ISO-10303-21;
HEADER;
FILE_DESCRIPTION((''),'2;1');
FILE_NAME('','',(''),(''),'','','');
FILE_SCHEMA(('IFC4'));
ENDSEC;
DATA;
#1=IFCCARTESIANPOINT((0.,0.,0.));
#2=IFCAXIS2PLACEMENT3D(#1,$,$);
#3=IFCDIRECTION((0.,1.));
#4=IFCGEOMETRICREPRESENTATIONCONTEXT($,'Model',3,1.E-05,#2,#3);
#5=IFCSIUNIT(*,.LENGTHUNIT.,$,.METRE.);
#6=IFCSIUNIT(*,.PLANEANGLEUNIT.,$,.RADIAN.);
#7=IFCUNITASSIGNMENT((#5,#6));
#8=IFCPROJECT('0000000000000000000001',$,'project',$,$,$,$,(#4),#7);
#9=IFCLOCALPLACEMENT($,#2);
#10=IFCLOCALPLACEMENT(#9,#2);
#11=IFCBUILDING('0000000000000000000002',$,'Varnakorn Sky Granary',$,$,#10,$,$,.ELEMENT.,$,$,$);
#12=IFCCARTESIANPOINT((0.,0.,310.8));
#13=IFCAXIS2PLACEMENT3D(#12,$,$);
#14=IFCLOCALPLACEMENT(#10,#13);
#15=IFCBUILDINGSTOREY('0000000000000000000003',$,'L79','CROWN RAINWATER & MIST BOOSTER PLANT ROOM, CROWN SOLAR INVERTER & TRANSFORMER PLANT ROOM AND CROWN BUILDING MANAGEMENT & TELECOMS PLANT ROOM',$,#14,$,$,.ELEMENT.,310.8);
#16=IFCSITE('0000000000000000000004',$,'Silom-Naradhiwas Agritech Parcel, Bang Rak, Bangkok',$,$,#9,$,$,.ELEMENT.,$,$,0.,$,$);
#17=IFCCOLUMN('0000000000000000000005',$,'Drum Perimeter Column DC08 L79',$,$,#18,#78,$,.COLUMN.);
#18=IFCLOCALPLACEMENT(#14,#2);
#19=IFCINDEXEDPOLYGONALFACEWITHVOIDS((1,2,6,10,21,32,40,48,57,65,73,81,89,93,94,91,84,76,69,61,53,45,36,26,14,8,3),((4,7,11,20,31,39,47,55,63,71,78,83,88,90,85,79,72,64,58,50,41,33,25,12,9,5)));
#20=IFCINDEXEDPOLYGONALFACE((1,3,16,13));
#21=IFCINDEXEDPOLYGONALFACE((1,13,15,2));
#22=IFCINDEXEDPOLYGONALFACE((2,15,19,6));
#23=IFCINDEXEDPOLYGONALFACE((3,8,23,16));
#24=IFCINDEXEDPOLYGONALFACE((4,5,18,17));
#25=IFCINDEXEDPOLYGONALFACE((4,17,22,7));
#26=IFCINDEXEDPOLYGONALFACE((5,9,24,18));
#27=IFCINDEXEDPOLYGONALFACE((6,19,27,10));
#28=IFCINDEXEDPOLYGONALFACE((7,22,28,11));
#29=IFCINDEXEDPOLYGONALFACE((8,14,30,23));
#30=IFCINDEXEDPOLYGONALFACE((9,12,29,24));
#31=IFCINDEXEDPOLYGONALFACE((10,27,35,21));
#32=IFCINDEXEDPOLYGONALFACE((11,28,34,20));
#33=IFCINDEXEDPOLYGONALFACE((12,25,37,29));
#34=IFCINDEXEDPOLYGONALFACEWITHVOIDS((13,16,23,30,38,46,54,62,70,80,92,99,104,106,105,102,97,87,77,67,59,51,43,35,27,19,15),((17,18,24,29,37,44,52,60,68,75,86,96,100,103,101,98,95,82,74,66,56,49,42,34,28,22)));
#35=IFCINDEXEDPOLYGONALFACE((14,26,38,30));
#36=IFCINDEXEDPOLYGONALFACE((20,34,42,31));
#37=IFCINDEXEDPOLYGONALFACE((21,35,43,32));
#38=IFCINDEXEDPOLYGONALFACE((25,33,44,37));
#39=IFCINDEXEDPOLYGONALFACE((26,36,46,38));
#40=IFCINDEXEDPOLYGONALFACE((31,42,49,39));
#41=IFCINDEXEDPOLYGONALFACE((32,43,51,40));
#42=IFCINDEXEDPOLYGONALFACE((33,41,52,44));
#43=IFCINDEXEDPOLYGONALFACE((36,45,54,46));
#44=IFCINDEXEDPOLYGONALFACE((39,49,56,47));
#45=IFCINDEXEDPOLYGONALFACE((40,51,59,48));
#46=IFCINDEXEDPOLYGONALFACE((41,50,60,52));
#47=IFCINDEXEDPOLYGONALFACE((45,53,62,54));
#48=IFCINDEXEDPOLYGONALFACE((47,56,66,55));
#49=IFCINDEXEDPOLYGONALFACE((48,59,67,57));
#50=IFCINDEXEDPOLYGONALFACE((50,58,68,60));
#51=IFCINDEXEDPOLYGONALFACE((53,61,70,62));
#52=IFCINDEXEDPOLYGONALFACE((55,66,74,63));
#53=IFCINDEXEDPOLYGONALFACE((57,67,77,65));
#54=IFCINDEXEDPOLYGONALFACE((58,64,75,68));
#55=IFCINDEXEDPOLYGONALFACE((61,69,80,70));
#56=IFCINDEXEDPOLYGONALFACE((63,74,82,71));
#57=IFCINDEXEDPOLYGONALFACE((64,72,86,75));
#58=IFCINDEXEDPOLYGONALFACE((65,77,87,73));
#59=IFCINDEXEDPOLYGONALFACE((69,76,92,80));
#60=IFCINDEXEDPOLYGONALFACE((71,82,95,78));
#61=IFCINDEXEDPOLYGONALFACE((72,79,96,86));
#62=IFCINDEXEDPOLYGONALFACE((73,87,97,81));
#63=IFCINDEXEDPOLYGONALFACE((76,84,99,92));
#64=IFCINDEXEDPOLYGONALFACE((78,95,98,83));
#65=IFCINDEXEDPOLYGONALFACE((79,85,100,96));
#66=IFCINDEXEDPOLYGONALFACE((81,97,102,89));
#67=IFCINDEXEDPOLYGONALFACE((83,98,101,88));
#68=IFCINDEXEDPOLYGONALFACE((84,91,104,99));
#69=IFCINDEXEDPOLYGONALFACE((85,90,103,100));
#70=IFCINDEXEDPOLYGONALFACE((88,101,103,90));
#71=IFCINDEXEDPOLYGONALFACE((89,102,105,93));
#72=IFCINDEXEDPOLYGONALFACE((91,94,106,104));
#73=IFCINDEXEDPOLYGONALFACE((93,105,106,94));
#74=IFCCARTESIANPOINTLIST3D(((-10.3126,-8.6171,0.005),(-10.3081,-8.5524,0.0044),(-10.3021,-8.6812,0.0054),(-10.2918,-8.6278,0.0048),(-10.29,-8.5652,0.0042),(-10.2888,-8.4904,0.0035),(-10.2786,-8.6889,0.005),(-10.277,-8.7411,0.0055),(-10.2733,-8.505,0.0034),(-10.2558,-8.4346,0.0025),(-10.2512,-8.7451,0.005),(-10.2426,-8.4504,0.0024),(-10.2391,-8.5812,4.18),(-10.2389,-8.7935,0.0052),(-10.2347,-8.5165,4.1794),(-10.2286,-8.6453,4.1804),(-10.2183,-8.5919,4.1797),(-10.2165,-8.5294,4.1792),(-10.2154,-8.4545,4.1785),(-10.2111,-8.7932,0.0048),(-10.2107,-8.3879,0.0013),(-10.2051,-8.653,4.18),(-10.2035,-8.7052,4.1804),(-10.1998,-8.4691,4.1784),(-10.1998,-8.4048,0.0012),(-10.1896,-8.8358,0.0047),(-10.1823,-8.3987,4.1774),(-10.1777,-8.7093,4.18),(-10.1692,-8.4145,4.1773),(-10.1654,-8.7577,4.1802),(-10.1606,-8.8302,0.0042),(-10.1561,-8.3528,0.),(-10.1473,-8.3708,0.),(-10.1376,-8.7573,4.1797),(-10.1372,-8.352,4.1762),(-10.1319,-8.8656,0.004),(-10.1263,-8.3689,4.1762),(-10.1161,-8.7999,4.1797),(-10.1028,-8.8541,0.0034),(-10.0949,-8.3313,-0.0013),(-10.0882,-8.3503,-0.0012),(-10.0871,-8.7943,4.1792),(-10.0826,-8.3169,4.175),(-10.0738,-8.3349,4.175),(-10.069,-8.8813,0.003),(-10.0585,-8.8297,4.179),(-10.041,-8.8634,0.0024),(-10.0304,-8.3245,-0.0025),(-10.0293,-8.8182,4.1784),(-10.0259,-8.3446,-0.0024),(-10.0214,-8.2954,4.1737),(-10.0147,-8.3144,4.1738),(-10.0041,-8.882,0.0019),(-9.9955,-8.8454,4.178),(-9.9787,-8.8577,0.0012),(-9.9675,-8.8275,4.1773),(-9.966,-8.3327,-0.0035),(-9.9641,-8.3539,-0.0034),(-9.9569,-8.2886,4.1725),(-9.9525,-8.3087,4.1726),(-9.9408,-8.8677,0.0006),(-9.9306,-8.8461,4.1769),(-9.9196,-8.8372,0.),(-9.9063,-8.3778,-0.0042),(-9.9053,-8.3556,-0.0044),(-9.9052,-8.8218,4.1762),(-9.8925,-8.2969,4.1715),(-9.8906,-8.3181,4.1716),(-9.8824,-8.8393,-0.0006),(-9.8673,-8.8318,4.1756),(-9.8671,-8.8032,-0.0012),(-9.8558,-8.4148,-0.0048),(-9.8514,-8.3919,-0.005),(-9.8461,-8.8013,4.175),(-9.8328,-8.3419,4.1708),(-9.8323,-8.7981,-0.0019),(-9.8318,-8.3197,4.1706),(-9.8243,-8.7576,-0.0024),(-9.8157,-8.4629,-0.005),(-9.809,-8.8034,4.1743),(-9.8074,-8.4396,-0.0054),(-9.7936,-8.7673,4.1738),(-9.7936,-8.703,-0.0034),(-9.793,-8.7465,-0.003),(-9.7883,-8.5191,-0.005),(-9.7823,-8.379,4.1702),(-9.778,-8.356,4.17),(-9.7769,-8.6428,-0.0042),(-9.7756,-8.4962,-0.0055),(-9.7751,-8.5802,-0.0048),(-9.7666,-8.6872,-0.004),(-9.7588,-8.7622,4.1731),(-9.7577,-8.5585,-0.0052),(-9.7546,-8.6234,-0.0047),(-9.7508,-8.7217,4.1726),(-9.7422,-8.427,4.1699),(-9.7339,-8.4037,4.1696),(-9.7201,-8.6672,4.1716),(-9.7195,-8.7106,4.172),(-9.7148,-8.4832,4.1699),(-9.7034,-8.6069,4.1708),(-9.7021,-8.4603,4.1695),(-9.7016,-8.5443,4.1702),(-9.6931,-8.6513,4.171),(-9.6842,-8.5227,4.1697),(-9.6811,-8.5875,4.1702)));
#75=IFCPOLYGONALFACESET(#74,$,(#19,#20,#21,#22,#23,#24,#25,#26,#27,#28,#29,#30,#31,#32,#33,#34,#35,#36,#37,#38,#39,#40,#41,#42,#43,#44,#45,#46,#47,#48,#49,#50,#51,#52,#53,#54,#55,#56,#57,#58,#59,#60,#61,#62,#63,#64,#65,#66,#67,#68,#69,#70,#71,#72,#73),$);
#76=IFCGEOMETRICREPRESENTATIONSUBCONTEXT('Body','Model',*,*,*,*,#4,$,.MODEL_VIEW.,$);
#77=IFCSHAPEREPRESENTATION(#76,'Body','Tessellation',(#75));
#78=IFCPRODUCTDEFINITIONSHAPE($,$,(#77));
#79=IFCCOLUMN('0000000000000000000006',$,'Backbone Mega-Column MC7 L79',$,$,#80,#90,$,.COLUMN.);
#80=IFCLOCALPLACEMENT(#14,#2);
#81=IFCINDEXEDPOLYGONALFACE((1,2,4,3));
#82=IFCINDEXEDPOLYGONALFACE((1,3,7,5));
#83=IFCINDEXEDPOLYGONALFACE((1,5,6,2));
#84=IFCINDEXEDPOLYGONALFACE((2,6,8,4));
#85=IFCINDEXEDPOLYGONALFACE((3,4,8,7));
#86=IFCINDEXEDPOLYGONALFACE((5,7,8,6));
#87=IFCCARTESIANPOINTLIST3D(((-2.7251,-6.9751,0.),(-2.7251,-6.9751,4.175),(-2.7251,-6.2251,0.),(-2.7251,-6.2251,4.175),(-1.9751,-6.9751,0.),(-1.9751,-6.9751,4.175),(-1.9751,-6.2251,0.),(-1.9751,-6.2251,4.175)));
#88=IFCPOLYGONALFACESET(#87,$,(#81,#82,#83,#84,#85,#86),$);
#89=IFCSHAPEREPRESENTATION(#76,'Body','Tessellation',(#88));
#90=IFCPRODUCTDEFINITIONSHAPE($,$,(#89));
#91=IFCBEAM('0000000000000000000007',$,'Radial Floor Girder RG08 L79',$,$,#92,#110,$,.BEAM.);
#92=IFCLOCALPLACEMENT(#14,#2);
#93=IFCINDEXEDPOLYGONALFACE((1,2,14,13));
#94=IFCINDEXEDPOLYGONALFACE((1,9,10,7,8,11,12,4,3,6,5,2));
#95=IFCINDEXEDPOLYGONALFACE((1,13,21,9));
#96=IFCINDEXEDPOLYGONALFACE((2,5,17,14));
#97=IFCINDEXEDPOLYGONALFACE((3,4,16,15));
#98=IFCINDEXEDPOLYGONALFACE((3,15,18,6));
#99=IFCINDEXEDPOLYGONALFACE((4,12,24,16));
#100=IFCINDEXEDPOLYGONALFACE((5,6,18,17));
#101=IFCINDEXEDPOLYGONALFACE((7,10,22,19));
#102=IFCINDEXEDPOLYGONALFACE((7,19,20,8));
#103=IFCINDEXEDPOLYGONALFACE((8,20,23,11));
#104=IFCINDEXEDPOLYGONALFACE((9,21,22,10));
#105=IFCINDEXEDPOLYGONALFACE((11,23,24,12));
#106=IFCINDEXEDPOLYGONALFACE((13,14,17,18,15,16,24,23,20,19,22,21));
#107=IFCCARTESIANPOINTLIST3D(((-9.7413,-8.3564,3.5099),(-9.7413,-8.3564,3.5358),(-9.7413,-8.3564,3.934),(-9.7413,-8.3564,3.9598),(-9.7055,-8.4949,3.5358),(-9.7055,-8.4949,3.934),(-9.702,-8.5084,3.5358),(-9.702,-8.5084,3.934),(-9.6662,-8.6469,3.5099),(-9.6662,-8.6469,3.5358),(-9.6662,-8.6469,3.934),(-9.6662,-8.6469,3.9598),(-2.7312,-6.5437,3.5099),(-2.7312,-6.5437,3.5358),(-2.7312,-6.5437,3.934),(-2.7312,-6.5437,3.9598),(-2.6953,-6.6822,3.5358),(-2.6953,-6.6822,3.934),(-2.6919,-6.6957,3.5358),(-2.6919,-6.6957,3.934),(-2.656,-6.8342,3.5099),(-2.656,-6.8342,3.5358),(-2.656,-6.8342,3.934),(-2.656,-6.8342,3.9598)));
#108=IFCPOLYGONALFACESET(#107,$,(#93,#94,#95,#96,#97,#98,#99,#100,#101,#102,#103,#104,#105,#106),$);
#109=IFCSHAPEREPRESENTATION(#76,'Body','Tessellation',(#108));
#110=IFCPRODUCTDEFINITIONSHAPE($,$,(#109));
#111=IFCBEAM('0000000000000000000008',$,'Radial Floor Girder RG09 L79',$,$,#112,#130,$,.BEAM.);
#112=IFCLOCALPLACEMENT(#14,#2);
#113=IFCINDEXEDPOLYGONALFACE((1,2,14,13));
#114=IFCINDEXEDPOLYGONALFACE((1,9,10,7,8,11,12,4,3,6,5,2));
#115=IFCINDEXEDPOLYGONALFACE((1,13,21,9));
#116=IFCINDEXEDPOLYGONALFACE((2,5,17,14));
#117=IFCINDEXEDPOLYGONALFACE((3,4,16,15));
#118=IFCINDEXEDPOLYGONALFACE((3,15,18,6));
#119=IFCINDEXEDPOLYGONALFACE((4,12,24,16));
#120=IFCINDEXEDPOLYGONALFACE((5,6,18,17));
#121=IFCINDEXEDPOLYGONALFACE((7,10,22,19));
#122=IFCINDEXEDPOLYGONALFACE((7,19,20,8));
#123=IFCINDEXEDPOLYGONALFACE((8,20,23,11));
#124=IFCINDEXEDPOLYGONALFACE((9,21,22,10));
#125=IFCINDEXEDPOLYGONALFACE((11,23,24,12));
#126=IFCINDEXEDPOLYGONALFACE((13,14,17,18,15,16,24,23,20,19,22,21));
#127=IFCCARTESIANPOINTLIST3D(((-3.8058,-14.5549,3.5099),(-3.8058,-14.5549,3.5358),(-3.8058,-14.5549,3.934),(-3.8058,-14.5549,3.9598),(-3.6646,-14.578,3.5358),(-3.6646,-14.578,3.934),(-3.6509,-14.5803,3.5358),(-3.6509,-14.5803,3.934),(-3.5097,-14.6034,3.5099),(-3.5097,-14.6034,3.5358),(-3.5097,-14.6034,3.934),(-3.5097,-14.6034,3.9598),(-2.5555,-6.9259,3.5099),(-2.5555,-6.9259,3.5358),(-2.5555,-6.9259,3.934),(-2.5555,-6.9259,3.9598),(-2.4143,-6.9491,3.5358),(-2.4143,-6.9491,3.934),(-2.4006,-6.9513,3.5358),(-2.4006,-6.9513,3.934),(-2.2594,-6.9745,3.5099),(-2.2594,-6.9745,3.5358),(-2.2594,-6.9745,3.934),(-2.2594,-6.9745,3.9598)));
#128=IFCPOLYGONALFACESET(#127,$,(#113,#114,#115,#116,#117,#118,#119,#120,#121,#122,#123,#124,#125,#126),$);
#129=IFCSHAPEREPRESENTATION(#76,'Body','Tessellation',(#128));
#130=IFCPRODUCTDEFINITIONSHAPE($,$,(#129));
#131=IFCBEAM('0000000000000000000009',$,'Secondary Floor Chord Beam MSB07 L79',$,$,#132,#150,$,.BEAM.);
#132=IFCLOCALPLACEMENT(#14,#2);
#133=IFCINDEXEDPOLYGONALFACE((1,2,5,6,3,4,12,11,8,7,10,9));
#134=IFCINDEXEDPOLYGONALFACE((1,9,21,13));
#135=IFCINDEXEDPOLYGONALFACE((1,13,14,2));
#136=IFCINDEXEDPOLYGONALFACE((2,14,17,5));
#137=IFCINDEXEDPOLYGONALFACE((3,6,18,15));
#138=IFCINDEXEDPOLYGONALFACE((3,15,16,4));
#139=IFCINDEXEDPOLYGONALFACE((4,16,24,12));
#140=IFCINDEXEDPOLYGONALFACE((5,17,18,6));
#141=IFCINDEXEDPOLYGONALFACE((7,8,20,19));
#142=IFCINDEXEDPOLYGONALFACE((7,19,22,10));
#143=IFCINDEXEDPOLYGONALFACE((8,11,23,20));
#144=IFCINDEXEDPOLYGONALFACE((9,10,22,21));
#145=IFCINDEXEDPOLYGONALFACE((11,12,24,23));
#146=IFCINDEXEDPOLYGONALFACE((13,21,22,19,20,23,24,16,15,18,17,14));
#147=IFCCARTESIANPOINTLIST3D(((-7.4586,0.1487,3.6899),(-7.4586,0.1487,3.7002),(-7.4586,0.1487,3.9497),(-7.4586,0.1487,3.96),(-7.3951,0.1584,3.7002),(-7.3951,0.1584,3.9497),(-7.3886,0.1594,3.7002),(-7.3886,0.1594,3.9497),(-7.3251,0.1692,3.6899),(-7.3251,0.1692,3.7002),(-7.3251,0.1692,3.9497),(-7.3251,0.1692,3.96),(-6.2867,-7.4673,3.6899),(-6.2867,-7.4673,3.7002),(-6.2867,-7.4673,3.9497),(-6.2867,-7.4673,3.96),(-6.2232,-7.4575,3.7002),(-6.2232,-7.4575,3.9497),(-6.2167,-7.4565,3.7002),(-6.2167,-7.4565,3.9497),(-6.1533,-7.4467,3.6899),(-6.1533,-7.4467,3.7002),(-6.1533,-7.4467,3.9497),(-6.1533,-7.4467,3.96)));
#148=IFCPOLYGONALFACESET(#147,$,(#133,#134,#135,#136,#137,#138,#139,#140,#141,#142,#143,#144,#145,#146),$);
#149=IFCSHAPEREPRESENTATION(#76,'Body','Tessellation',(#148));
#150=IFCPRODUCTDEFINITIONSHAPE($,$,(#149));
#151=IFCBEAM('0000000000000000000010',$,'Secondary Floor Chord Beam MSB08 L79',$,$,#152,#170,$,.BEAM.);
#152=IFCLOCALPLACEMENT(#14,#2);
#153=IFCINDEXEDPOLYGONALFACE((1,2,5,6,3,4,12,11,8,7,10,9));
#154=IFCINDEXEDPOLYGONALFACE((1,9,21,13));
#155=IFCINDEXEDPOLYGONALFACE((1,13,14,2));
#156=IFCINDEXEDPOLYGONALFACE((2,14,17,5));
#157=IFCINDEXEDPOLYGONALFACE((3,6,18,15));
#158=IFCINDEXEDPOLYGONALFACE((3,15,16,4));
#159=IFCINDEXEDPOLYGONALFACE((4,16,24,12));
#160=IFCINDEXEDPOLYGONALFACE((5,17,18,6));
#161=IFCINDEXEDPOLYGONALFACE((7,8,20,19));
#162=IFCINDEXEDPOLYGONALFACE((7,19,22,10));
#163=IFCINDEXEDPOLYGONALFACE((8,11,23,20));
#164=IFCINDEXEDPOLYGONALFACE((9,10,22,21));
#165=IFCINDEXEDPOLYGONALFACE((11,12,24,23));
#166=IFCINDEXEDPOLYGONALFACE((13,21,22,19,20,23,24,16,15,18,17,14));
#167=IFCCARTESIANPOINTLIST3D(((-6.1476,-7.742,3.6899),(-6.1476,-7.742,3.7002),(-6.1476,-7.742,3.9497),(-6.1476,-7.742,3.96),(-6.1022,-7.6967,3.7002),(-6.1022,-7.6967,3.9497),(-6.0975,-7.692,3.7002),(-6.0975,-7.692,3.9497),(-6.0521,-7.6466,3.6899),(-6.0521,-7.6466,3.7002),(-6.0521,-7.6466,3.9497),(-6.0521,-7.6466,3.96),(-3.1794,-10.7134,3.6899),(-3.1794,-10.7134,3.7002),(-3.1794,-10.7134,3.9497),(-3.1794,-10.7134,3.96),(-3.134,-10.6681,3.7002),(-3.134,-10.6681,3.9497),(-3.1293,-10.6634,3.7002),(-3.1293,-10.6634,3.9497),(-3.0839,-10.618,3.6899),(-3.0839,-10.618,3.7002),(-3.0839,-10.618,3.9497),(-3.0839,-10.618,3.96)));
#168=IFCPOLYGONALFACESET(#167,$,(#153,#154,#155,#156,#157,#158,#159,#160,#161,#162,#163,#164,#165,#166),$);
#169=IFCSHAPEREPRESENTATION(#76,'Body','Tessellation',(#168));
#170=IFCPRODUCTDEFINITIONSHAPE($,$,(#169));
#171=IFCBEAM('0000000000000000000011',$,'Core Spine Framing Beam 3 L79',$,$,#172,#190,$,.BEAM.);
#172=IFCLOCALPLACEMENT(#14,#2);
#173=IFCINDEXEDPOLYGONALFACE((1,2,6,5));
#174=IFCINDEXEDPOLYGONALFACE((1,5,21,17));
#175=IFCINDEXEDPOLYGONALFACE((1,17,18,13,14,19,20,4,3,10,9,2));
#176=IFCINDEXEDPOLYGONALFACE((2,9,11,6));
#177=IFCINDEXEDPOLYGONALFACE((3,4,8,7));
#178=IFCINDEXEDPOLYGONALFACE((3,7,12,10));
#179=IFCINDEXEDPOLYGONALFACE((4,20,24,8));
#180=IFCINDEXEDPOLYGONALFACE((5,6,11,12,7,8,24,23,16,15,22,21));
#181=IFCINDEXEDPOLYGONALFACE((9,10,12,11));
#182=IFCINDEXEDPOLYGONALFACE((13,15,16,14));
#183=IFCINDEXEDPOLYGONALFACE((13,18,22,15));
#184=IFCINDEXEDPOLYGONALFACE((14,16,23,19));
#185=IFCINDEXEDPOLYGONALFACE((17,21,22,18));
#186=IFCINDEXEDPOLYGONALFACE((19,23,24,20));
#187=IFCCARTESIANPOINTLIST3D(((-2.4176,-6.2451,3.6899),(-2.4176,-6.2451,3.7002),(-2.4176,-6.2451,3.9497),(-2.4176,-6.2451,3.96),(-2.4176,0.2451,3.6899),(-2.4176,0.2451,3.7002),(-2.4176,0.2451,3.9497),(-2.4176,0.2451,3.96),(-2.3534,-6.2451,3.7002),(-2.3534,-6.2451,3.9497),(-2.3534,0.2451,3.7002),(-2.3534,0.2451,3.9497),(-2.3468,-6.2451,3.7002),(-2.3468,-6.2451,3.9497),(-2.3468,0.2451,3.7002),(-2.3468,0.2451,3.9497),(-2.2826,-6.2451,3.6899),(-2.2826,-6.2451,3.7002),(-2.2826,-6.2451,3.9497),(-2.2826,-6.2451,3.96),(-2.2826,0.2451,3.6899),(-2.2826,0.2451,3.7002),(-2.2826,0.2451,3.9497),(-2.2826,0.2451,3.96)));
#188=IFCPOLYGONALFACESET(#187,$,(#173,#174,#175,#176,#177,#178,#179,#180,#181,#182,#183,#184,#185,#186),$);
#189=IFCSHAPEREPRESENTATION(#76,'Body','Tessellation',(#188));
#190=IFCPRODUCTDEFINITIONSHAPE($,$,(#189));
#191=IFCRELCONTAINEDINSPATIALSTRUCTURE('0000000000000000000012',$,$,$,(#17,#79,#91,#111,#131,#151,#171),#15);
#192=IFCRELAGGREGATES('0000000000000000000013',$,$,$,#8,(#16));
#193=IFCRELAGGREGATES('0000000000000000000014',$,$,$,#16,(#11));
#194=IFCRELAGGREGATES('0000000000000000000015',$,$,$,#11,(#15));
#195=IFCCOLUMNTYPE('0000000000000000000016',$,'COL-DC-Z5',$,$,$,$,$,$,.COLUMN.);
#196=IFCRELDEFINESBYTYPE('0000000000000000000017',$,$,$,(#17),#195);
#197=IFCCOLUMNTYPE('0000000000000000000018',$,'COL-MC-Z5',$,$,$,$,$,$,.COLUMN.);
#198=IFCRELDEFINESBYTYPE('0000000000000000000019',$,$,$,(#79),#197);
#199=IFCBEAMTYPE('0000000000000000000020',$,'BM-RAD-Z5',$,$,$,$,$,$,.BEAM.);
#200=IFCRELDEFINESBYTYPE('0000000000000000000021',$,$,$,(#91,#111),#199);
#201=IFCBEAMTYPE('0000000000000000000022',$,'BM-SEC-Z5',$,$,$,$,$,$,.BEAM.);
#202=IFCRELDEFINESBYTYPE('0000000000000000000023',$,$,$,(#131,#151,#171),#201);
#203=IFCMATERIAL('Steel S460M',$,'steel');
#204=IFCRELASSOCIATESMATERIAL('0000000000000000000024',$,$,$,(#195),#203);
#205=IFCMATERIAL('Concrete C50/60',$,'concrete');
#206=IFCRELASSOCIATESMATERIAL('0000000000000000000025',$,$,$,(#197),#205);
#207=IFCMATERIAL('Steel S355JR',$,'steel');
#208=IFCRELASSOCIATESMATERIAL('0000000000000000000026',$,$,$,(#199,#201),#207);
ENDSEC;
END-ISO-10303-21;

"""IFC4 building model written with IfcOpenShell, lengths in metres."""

from ifc_helpers import new_model, si_unit, direction, frame, origin, origin_2d, place, context, subcontext, project, spatial, rectangle, hollow_circle, i_section, extrude, material, material_profile, profile_set, type_object, element, save


model = new_model("IFC4")

# Units and contexts
model_context = context("Model", 3, precision=1e-05, world=origin(), true_north=direction((0.0, 1.0)))
body_context = subcontext(model_context, "Body", "Model", "MODEL_VIEW")
ifc_project = project(units=[si_unit("LENGTHUNIT", "METRE"), si_unit("PLANEANGLEUNIT", "RADIAN")], contexts=[model_context])

# Site, building, storey
site_placement = place(None, origin())
site = spatial("IfcSite", under=ifc_project, at=site_placement, Name="Silom-Naradhiwas Agritech Parcel, Bang Rak, Bangkok", CompositionType="ELEMENT", RefElevation=0.0)
building_placement = place(site_placement, origin())
building = spatial("IfcBuilding", under=site, at=building_placement, Name="Varnakorn Sky Granary", CompositionType="ELEMENT")
storey_placement = place(building_placement, frame((0.0, 0.0, 310.8)))
storey = spatial("IfcBuildingStorey", under=building, at=storey_placement, Name="L79", Description="CROWN RAINWATER & MIST BOOSTER PLANT ROOM, CROWN SOLAR INVERTER & TRANSFORMER PLANT ROOM AND CROWN BUILDING MANAGEMENT & TELECOMS PLANT ROOM", CompositionType="ELEMENT", Elevation=310.8)

# Columns
ifc_material_1 = material(Name="Steel S460M", Category="steel")
ifc_material_profile_1 = material_profile(ifc_material_1, hollow_circle(Radius=0.2795, WallThickness=0.02, at=origin_2d()), Name="CHS 559x20")
ifc_profile_set_1 = profile_set([ifc_material_profile_1], Name="Steel S460M")
column_type_1 = type_object("IfcColumnType", Name="COL-DC-Z5", PredefinedType="COLUMN", material=ifc_profile_set_1)
column_1_placement = place(storey_placement, frame((-10.0334, -8.604, 0.0), z_axis=(0.017598, 0.008594, 0.999808), x_axis=(-0.438835, 0.898568, 0.0)))
element("IfcColumn", 1, at=column_1_placement, inside=storey, type_object=column_type_1, Name="Drum Perimeter Column DC08 L79", PredefinedType="COLUMN", context=body_context, shape_type="SweptSolid", body=[
    extrude(hollow_circle(Radius=0.2795, WallThickness=0.02, at=origin_2d()), origin(), (0.0, 0.0, 1.0), 4.1758),
])
ifc_material_2 = material(Name="Concrete C50/60", Category="concrete")
ifc_material_profile_2 = material_profile(ifc_material_2, rectangle(XDim=0.75, YDim=0.75, at=origin_2d()), Name="RC 750x750")
ifc_profile_set_2 = profile_set([ifc_material_profile_2], Name="Concrete C50/60")
column_type_2 = type_object("IfcColumnType", Name="COL-MC-Z5", PredefinedType="COLUMN", material=ifc_profile_set_2)
column_2_placement = place(storey_placement, frame((-2.3501, -6.6001, 0.0), z_axis=(0.0, 0.0, 1.0), x_axis=(1.0, 0.0, 0.0)))
element("IfcColumn", 2, at=column_2_placement, inside=storey, type_object=column_type_2, Name="Backbone Mega-Column MC7 L79", PredefinedType="COLUMN", context=body_context, shape_type="SweptSolid", body=[
    extrude(rectangle(XDim=0.75, YDim=0.75, at=origin_2d()), origin(), (0.0, 0.0, 1.0), 4.175),
])

# Beams
ifc_material_3 = material(Name="Steel S355JR", Category="steel")
ifc_material_profile_3 = material_profile(ifc_material_3, i_section(OverallWidth=0.3, OverallDepth=0.45, WebThickness=0.0139, FlangeThickness=0.0259, at=origin_2d()), Name="HE 450 B")
ifc_profile_set_3 = profile_set([ifc_material_profile_3], Name="Steel S355JR")
beam_type_1 = type_object("IfcBeamType", Name="BM-RAD-Z5", PredefinedType="BEAM", material=ifc_profile_set_3)
beam_1_placement = place(storey_placement, frame((-2.6936, -6.689, 3.7349), z_axis=(-0.968155, -0.25035, 0.0), x_axis=(0.25035, -0.968155, 0.0)))
element("IfcBeam", 3, at=beam_1_placement, inside=storey, type_object=beam_type_1, Name="Radial Floor Girder RG08 L79", PredefinedType="BEAM", context=body_context, shape_type="SweptSolid", body=[
    extrude(i_section(OverallWidth=0.3, OverallDepth=0.45, WebThickness=0.0139, FlangeThickness=0.0259, at=origin_2d()), origin(), (0.0, 0.0, 1.0), 7.2407),
])
beam_2_placement = place(storey_placement, frame((-2.4075, -6.9502, 3.7349), z_axis=(-0.161725, -0.986836, 0.0), x_axis=(0.986836, -0.161725, 0.0)))
element("IfcBeam", 4, at=beam_2_placement, inside=storey, type_object=beam_type_1, Name="Radial Floor Girder RG09 L79", PredefinedType="BEAM", context=body_context, shape_type="SweptSolid", body=[
    extrude(i_section(OverallWidth=0.3, OverallDepth=0.45, WebThickness=0.0139, FlangeThickness=0.0259, at=origin_2d()), origin(), (0.0, 0.0, 1.0), 7.7307),
])
ifc_material_profile_4 = material_profile(ifc_material_3, i_section(OverallWidth=0.135, OverallDepth=0.27, WebThickness=0.0066, FlangeThickness=0.0103, at=origin_2d()), Name="IPE 270")
ifc_profile_set_4 = profile_set([ifc_material_profile_4], Name="Steel S355JR")
beam_type_2 = type_object("IfcBeamType", Name="BM-SEC-Z5", PredefinedType="BEAM", material=ifc_profile_set_4)
beam_3_placement = place(storey_placement, frame((-7.3918, 0.1589, 3.825), z_axis=(0.152081, -0.988368, 0.0), x_axis=(0.988368, 0.152081, 0.0)))
element("IfcBeam", 5, at=beam_3_placement, inside=storey, type_object=beam_type_2, Name="Secondary Floor Chord Beam MSB07 L79", PredefinedType="BEAM", context=body_context, shape_type="SweptSolid", body=[
    extrude(i_section(OverallWidth=0.135, OverallDepth=0.27, WebThickness=0.0066, FlangeThickness=0.0103, at=origin_2d()), origin(), (0.0, 0.0, 1.0), 7.7056),
])
beam_4_placement = place(storey_placement, frame((-6.0999, -7.6943, 3.825), z_axis=(0.706729, -0.707485, 0.0), x_axis=(0.707485, 0.706729, 0.0)))
element("IfcBeam", 6, at=beam_4_placement, inside=storey, type_object=beam_type_2, Name="Secondary Floor Chord Beam MSB08 L79", PredefinedType="BEAM", context=body_context, shape_type="SweptSolid", body=[
    extrude(i_section(OverallWidth=0.135, OverallDepth=0.27, WebThickness=0.0066, FlangeThickness=0.0103, at=origin_2d()), origin(), (0.0, 0.0, 1.0), 4.2),
])
beam_5_placement = place(storey_placement, frame((-2.3501, 0.2451, 3.825), z_axis=(0.0, -1.0, 0.0), x_axis=(1.0, 0.0, 0.0)))
element("IfcBeam", 7, at=beam_5_placement, inside=storey, type_object=beam_type_2, Name="Core Spine Framing Beam 3 L79", PredefinedType="BEAM", context=body_context, shape_type="SweptSolid", body=[
    extrude(i_section(OverallWidth=0.135, OverallDepth=0.27, WebThickness=0.0066, FlangeThickness=0.0103, at=origin_2d()), origin(), (0.0, 0.0, 1.0), 6.4902),
])

save(model, "model.ifc")
